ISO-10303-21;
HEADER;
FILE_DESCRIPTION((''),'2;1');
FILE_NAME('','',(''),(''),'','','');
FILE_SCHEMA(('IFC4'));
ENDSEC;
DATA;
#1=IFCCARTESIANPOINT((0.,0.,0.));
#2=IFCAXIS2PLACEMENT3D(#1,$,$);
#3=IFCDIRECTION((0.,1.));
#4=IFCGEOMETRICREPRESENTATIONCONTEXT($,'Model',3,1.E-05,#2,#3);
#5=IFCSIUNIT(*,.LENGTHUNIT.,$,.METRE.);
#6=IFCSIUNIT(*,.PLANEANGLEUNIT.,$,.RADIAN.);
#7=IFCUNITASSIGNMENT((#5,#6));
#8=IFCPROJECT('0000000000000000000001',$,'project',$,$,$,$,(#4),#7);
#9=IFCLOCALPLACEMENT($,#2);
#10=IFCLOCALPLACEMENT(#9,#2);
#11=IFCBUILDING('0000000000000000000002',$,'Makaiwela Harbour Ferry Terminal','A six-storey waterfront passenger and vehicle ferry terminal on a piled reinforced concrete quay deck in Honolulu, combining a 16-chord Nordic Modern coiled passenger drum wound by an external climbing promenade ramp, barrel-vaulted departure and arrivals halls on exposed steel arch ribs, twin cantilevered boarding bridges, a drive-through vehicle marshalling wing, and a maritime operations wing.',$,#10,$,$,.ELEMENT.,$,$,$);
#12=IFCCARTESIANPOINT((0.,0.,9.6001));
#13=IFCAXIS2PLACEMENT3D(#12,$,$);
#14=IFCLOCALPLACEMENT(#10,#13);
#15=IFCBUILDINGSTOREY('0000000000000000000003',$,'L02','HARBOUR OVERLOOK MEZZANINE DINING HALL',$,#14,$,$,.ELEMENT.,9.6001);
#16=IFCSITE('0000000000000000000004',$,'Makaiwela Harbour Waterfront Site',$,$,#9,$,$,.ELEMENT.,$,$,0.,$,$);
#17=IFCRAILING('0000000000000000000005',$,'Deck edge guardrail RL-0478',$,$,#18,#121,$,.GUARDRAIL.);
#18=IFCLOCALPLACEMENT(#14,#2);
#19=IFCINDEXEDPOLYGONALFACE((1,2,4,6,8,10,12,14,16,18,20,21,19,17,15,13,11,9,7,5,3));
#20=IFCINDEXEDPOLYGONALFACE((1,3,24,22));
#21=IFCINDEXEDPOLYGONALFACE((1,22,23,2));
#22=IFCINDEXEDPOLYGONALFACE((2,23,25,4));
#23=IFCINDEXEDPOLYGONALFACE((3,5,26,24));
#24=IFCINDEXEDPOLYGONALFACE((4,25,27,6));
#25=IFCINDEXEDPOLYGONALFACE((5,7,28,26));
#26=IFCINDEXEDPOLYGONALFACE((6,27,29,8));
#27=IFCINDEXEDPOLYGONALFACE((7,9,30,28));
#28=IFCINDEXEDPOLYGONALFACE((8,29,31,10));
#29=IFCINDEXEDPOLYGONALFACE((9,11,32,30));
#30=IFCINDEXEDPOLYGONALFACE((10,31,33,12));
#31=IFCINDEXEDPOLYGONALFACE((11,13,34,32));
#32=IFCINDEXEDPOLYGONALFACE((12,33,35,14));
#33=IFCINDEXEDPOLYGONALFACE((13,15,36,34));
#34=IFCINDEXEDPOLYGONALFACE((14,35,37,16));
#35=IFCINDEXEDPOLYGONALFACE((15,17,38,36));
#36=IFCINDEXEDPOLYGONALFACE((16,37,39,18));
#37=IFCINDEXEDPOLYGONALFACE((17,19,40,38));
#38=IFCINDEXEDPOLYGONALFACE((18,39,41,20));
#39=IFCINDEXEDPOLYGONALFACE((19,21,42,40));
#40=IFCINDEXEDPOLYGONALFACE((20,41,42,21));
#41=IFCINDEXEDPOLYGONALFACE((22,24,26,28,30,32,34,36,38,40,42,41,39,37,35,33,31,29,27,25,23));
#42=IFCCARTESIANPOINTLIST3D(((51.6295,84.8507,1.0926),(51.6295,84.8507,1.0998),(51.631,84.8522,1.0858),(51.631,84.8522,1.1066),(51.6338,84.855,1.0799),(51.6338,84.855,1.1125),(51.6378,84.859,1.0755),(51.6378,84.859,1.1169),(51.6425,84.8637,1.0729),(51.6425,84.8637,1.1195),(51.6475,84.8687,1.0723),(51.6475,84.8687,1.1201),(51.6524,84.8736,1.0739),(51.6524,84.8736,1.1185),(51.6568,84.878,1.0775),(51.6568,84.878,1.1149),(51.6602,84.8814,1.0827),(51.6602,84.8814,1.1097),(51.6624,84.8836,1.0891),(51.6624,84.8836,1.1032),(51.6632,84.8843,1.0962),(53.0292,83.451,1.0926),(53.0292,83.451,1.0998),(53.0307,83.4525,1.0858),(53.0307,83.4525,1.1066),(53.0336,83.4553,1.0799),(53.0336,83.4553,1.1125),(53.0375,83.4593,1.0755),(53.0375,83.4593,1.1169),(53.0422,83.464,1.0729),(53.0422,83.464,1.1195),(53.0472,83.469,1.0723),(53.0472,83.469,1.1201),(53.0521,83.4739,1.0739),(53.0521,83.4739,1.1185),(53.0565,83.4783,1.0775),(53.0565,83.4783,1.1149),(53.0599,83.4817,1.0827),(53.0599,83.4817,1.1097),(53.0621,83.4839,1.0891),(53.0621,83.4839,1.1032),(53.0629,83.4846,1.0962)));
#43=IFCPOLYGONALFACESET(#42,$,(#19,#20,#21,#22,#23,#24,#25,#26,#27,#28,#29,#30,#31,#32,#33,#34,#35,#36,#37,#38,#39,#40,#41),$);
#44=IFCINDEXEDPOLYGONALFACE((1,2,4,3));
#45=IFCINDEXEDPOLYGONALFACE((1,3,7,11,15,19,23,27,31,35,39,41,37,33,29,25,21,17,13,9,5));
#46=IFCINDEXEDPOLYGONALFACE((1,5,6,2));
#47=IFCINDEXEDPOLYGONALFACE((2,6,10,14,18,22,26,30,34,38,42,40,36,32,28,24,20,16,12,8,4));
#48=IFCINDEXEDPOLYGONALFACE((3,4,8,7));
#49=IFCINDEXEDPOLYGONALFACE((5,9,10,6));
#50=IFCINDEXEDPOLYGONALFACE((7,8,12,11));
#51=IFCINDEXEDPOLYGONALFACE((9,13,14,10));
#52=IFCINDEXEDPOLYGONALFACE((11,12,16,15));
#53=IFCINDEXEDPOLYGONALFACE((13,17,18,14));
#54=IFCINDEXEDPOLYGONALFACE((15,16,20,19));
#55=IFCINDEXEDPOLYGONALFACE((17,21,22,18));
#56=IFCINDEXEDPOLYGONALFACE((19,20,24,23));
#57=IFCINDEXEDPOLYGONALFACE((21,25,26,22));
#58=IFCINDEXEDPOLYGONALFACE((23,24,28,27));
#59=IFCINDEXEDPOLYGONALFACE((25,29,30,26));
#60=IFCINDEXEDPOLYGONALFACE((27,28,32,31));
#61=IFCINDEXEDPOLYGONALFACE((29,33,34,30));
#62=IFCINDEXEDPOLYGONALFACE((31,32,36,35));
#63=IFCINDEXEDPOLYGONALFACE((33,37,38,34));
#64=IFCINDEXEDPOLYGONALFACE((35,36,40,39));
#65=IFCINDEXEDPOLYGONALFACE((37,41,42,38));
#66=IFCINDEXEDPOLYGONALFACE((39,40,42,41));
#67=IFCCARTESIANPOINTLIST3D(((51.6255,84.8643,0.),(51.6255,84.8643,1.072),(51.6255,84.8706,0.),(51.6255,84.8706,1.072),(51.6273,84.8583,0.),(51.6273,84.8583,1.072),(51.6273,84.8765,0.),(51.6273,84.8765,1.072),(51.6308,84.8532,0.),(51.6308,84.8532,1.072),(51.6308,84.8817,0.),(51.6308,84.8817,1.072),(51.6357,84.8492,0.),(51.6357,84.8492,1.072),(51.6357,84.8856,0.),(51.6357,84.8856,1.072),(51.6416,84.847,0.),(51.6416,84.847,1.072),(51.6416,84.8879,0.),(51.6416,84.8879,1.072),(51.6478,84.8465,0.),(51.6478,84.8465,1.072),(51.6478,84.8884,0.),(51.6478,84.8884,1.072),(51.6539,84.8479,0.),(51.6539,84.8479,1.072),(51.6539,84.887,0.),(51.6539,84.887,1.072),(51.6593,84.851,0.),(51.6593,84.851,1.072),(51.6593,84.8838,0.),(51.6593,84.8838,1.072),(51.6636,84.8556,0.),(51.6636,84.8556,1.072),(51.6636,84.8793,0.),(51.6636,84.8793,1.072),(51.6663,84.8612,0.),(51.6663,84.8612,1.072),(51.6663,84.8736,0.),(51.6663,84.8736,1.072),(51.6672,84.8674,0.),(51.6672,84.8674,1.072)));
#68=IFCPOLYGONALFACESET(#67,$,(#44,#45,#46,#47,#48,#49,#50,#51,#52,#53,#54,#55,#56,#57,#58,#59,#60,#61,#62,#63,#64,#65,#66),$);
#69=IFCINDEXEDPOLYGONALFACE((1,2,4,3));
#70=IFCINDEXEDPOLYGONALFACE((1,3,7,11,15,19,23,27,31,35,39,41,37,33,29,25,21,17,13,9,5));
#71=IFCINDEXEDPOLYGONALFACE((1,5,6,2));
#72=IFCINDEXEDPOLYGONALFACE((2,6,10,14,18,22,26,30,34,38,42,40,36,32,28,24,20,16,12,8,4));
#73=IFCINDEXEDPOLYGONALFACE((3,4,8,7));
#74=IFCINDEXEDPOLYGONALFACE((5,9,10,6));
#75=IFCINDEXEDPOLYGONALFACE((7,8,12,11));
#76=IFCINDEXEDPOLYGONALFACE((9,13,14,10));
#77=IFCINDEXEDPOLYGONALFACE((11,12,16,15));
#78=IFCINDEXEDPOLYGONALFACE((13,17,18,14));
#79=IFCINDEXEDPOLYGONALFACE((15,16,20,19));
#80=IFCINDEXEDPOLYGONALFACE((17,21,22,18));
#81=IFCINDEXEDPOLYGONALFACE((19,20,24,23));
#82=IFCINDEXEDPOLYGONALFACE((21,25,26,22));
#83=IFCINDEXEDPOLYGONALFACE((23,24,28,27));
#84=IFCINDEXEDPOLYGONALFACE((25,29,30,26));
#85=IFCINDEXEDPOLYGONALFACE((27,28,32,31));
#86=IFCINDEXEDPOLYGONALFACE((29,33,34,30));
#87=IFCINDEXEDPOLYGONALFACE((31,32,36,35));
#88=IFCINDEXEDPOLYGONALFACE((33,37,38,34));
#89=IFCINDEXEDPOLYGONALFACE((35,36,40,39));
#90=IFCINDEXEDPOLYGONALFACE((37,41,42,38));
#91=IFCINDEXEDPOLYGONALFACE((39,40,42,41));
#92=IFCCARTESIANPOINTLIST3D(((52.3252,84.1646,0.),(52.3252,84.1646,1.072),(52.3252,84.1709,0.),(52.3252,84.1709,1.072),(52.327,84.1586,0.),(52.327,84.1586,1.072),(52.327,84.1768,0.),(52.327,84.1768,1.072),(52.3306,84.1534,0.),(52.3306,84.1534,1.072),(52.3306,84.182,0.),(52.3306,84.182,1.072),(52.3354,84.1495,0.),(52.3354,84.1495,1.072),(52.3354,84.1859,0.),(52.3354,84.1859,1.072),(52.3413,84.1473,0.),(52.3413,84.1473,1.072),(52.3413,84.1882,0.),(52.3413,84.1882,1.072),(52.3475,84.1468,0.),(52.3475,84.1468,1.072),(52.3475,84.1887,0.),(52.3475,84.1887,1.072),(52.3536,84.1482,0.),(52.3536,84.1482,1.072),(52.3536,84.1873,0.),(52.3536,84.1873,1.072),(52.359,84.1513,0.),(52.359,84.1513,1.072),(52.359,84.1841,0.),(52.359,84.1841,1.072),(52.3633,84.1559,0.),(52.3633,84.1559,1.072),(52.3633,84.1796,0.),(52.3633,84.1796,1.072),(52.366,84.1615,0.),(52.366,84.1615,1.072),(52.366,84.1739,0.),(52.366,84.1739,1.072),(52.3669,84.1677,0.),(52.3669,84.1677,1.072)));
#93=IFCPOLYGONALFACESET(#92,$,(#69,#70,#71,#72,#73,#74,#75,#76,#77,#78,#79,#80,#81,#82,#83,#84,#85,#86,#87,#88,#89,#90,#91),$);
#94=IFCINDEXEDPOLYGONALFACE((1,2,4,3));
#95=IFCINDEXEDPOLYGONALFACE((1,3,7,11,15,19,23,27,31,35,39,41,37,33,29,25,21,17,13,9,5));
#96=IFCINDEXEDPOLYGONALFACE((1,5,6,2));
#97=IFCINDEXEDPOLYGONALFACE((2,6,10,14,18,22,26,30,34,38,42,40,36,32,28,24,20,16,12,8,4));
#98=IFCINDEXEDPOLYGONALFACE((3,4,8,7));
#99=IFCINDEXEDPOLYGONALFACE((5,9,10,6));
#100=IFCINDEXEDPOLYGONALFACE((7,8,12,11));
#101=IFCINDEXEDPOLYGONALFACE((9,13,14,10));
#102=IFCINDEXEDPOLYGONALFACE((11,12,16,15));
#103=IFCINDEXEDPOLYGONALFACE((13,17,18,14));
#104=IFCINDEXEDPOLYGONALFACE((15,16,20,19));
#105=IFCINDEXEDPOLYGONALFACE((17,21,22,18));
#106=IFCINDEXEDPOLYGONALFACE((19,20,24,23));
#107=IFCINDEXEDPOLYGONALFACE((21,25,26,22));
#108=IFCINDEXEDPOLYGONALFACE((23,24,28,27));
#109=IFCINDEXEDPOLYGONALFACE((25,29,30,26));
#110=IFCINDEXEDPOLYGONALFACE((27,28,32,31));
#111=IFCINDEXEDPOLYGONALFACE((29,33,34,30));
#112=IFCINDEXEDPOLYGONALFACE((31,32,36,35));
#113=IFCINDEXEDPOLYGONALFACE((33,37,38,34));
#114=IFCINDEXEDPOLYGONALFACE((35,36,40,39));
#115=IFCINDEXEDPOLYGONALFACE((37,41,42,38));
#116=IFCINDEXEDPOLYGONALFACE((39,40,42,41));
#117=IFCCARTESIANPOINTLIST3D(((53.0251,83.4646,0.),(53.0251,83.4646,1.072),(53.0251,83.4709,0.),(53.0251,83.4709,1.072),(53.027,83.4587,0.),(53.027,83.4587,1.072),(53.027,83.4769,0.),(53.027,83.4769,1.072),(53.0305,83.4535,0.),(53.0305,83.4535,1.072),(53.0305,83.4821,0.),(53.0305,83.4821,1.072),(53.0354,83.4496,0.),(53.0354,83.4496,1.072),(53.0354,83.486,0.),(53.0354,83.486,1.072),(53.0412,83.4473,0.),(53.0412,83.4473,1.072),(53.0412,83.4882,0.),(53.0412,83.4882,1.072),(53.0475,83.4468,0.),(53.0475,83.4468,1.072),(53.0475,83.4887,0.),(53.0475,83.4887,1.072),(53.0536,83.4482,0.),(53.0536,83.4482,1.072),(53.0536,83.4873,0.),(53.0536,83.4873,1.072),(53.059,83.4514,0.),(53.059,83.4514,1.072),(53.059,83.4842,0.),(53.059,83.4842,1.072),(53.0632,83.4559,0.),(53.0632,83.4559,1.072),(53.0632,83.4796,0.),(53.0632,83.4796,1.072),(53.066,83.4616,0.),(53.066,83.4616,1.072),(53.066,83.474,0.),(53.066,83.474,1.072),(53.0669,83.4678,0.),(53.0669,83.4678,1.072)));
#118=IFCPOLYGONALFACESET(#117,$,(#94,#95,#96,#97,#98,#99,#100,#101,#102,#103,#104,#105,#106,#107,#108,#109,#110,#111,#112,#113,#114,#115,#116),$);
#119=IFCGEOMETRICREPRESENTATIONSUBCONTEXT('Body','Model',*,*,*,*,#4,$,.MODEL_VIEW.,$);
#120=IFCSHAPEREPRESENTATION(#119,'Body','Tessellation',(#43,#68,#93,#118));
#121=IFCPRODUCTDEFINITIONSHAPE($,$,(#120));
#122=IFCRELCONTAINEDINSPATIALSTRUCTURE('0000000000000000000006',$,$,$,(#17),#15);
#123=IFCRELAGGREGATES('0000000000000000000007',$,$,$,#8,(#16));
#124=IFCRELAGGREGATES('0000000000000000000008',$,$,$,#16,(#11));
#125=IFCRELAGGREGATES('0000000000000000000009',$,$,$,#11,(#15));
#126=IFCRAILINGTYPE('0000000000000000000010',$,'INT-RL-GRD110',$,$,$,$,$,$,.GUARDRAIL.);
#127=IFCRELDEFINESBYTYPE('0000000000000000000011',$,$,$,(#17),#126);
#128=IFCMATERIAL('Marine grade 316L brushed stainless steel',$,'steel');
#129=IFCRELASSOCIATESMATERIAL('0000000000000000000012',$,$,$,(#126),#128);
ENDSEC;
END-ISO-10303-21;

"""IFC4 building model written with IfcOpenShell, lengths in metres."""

from ifc_helpers import new_model, si_unit, direction, frame, origin, origin_2d, place, context, subcontext, project, spatial, circle, extrude, material, type_object, element, save


model = new_model("IFC4")

# Units and contexts
model_context = context("Model", 3, precision=1e-05, world=origin(), true_north=direction((0.0, 1.0)))
body_context = subcontext(model_context, "Body", "Model", "MODEL_VIEW")
ifc_project = project(units=[si_unit("LENGTHUNIT", "METRE"), si_unit("PLANEANGLEUNIT", "RADIAN")], contexts=[model_context])

# Site, building, storey
site_placement = place(None, origin())
site = spatial("IfcSite", under=ifc_project, at=site_placement, Name="Makaiwela Harbour Waterfront Site", CompositionType="ELEMENT", RefElevation=0.0)
building_placement = place(site_placement, origin())
building = spatial("IfcBuilding", under=site, at=building_placement, Name="Makaiwela Harbour Ferry Terminal", Description="A six-storey waterfront passenger and vehicle ferry terminal on a piled reinforced concrete quay deck in Honolulu, combining a 16-chord Nordic Modern coiled passenger drum wound by an external climbing promenade ramp, barrel-vaulted departure and arrivals halls on exposed steel arch ribs, twin cantilevered boarding bridges, a drive-through vehicle marshalling wing, and a maritime operations wing.", CompositionType="ELEMENT")
storey_placement = place(building_placement, frame((0.0, 0.0, 9.6001)))
storey = spatial("IfcBuildingStorey", under=building, at=storey_placement, Name="L02", Description="HARBOUR OVERLOOK MEZZANINE DINING HALL", CompositionType="ELEMENT", Elevation=9.6001)

# Railing
ifc_material_1 = material(Name="Marine grade 316L brushed stainless steel", Category="steel")
railing_type = type_object("IfcRailingType", Name="INT-RL-GRD110", PredefinedType="GUARDRAIL", material=ifc_material_1)
railing_1_placement = place(storey_placement, frame((51.6462, 84.8674, 0.0)))
element("IfcRailing", 1, at=railing_1_placement, inside=storey, type_object=railing_type, Name="Deck edge guardrail RL-0478", PredefinedType="GUARDRAIL", context=body_context, shape_type="SweptSolid", body=[
    extrude(circle(Radius=0.0239, at=origin_2d()), frame((0.0, 0.0, 1.0962), z_axis=(0.707107, -0.707107, 0.0), x_axis=(0.707107, 0.707107, 0.0)), (0.0, 0.0, 1.0), 1.9795),
    extrude(circle(Radius=0.021, at=origin_2d()), origin(), (0.0, 0.0, 1.0), 1.072),
    extrude(circle(Radius=0.021, at=origin_2d()), frame((0.6997, -0.6997, 0.0)), (0.0, 0.0, 1.0), 1.072),
    extrude(circle(Radius=0.021, at=origin_2d()), frame((1.3997, -1.3997, 0.0)), (0.0, 0.0, 1.0), 1.072),
])

save(model, "model.ifc")
